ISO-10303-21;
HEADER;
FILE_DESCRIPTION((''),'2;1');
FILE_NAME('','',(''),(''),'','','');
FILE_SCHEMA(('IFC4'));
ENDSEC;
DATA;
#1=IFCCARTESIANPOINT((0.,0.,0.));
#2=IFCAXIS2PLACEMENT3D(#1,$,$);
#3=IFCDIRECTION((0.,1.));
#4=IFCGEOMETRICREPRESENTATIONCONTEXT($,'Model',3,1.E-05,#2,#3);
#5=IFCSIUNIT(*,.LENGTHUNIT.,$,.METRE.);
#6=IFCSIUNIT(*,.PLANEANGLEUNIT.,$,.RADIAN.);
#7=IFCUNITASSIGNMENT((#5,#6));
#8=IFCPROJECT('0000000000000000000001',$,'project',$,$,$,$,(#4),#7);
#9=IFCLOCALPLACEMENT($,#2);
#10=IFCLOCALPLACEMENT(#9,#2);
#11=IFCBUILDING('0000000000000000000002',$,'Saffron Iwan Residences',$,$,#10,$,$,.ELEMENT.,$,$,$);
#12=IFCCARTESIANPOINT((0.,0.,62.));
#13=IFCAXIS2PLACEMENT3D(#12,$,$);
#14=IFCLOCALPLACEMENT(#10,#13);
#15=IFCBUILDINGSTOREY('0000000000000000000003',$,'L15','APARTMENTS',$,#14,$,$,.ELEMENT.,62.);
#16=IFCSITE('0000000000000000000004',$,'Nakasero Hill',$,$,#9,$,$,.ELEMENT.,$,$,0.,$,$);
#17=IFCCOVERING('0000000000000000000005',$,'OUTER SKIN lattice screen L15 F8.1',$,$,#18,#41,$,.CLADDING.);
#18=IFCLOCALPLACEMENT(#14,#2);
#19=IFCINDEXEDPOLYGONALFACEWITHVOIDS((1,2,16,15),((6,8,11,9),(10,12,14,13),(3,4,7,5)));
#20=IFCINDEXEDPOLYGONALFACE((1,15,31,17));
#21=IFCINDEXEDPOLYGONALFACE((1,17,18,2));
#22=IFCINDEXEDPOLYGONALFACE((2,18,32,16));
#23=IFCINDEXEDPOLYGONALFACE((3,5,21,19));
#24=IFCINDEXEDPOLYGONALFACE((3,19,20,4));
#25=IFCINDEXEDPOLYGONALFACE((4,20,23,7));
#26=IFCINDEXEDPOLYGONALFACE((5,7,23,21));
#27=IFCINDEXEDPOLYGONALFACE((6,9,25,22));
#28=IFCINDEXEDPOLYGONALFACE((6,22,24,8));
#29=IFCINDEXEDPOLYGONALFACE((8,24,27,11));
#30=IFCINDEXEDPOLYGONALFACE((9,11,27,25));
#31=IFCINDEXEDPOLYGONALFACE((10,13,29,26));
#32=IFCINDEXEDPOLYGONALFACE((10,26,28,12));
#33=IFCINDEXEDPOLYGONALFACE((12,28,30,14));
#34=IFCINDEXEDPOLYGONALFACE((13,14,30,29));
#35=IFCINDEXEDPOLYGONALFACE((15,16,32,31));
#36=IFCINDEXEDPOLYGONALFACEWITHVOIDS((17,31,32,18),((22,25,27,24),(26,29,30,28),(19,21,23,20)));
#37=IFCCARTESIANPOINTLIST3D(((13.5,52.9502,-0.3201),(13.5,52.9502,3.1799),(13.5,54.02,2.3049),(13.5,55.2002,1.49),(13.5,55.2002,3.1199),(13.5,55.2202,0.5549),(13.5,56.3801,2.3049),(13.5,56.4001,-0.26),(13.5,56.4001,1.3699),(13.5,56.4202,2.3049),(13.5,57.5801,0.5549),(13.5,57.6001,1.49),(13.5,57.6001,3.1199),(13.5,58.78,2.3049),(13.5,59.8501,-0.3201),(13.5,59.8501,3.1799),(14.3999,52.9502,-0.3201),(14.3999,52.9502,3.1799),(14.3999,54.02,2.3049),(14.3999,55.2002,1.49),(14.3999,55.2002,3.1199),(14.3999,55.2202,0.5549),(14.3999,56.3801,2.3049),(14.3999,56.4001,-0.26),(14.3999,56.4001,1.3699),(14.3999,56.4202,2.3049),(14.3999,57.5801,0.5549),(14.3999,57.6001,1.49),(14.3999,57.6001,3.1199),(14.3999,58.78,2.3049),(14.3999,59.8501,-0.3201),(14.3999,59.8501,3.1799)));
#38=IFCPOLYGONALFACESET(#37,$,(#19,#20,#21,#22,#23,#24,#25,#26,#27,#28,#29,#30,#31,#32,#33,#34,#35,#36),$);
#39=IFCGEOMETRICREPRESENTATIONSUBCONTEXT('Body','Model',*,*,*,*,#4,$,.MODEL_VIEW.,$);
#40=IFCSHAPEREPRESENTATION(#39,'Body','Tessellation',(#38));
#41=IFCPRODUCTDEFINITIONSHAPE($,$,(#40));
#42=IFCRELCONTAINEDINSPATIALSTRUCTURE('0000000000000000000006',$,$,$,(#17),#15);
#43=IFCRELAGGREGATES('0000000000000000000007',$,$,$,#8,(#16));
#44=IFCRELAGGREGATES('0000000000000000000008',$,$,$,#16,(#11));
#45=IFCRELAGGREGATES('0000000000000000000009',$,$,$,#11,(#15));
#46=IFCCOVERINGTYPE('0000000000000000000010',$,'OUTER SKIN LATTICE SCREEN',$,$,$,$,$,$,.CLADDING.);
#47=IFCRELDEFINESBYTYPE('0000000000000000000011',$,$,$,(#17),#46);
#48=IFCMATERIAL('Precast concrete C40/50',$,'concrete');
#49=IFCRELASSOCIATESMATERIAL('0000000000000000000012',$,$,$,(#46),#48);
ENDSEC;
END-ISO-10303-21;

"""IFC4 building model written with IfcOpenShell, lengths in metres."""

from ifc_helpers import new_model, si_unit, direction, frame, origin, place, context, subcontext, project, spatial, polyline, outline, extrude, material, type_object, element, save


model = new_model("IFC4")

# Units and contexts
model_context = context("Model", 3, precision=1e-05, world=origin(), true_north=direction((0.0, 1.0)))
body_context = subcontext(model_context, "Body", "Model", "MODEL_VIEW")
ifc_project = project(units=[si_unit("LENGTHUNIT", "METRE"), si_unit("PLANEANGLEUNIT", "RADIAN")], contexts=[model_context])

# Site, building, storey
site_placement = place(None, origin())
site = spatial("IfcSite", under=ifc_project, at=site_placement, Name="Nakasero Hill", CompositionType="ELEMENT", RefElevation=0.0)
building_placement = place(site_placement, origin())
building = spatial("IfcBuilding", under=site, at=building_placement, Name="Saffron Iwan Residences", CompositionType="ELEMENT")
storey_placement = place(building_placement, frame((0.0, 0.0, 62.0)))
storey = spatial("IfcBuildingStorey", under=building, at=storey_placement, Name="L15", Description="APARTMENTS", CompositionType="ELEMENT", Elevation=62.0)

# Covering
ifc_material_1 = material(Name="Precast concrete C40/50", Category="concrete")
covering_type = type_object("IfcCoveringType", Name="OUTER SKIN LATTICE SCREEN", PredefinedType="CLADDING", material=ifc_material_1)
covering_placement = place(storey_placement, frame((14.3999, 59.8501, -0.3201), z_axis=(-1.0, 0.0, 0.0), x_axis=(0.0, -1.0, 0.0)))
element("IfcCovering", 1, at=covering_placement, inside=storey, type_object=covering_type, Name="OUTER SKIN lattice screen L15 F8.1", PredefinedType="CLADDING", context=body_context, shape_type="SweptSolid", body=[
    extrude(outline(polyline([(0.0, 0.0), (6.8999, 0.0), (6.8999, 3.5), (0.0, 3.5), (0.0, 0.0)]), holes=[polyline([(2.27, 0.875), (3.45, 0.0601), (4.6299, 0.875), (3.45, 1.6899), (2.27, 0.875)]), polyline([(1.0701, 2.625), (2.25, 1.8101), (3.4299, 2.625), (2.25, 3.4399), (1.0701, 2.625)]), polyline([(3.47, 2.625), (4.6499, 1.8101), (5.8301, 2.625), (4.6499, 3.4399), (3.47, 2.625)])]), origin(), (0.0, 0.0, 1.0), 0.8999),
])

save(model, "model.ifc")
